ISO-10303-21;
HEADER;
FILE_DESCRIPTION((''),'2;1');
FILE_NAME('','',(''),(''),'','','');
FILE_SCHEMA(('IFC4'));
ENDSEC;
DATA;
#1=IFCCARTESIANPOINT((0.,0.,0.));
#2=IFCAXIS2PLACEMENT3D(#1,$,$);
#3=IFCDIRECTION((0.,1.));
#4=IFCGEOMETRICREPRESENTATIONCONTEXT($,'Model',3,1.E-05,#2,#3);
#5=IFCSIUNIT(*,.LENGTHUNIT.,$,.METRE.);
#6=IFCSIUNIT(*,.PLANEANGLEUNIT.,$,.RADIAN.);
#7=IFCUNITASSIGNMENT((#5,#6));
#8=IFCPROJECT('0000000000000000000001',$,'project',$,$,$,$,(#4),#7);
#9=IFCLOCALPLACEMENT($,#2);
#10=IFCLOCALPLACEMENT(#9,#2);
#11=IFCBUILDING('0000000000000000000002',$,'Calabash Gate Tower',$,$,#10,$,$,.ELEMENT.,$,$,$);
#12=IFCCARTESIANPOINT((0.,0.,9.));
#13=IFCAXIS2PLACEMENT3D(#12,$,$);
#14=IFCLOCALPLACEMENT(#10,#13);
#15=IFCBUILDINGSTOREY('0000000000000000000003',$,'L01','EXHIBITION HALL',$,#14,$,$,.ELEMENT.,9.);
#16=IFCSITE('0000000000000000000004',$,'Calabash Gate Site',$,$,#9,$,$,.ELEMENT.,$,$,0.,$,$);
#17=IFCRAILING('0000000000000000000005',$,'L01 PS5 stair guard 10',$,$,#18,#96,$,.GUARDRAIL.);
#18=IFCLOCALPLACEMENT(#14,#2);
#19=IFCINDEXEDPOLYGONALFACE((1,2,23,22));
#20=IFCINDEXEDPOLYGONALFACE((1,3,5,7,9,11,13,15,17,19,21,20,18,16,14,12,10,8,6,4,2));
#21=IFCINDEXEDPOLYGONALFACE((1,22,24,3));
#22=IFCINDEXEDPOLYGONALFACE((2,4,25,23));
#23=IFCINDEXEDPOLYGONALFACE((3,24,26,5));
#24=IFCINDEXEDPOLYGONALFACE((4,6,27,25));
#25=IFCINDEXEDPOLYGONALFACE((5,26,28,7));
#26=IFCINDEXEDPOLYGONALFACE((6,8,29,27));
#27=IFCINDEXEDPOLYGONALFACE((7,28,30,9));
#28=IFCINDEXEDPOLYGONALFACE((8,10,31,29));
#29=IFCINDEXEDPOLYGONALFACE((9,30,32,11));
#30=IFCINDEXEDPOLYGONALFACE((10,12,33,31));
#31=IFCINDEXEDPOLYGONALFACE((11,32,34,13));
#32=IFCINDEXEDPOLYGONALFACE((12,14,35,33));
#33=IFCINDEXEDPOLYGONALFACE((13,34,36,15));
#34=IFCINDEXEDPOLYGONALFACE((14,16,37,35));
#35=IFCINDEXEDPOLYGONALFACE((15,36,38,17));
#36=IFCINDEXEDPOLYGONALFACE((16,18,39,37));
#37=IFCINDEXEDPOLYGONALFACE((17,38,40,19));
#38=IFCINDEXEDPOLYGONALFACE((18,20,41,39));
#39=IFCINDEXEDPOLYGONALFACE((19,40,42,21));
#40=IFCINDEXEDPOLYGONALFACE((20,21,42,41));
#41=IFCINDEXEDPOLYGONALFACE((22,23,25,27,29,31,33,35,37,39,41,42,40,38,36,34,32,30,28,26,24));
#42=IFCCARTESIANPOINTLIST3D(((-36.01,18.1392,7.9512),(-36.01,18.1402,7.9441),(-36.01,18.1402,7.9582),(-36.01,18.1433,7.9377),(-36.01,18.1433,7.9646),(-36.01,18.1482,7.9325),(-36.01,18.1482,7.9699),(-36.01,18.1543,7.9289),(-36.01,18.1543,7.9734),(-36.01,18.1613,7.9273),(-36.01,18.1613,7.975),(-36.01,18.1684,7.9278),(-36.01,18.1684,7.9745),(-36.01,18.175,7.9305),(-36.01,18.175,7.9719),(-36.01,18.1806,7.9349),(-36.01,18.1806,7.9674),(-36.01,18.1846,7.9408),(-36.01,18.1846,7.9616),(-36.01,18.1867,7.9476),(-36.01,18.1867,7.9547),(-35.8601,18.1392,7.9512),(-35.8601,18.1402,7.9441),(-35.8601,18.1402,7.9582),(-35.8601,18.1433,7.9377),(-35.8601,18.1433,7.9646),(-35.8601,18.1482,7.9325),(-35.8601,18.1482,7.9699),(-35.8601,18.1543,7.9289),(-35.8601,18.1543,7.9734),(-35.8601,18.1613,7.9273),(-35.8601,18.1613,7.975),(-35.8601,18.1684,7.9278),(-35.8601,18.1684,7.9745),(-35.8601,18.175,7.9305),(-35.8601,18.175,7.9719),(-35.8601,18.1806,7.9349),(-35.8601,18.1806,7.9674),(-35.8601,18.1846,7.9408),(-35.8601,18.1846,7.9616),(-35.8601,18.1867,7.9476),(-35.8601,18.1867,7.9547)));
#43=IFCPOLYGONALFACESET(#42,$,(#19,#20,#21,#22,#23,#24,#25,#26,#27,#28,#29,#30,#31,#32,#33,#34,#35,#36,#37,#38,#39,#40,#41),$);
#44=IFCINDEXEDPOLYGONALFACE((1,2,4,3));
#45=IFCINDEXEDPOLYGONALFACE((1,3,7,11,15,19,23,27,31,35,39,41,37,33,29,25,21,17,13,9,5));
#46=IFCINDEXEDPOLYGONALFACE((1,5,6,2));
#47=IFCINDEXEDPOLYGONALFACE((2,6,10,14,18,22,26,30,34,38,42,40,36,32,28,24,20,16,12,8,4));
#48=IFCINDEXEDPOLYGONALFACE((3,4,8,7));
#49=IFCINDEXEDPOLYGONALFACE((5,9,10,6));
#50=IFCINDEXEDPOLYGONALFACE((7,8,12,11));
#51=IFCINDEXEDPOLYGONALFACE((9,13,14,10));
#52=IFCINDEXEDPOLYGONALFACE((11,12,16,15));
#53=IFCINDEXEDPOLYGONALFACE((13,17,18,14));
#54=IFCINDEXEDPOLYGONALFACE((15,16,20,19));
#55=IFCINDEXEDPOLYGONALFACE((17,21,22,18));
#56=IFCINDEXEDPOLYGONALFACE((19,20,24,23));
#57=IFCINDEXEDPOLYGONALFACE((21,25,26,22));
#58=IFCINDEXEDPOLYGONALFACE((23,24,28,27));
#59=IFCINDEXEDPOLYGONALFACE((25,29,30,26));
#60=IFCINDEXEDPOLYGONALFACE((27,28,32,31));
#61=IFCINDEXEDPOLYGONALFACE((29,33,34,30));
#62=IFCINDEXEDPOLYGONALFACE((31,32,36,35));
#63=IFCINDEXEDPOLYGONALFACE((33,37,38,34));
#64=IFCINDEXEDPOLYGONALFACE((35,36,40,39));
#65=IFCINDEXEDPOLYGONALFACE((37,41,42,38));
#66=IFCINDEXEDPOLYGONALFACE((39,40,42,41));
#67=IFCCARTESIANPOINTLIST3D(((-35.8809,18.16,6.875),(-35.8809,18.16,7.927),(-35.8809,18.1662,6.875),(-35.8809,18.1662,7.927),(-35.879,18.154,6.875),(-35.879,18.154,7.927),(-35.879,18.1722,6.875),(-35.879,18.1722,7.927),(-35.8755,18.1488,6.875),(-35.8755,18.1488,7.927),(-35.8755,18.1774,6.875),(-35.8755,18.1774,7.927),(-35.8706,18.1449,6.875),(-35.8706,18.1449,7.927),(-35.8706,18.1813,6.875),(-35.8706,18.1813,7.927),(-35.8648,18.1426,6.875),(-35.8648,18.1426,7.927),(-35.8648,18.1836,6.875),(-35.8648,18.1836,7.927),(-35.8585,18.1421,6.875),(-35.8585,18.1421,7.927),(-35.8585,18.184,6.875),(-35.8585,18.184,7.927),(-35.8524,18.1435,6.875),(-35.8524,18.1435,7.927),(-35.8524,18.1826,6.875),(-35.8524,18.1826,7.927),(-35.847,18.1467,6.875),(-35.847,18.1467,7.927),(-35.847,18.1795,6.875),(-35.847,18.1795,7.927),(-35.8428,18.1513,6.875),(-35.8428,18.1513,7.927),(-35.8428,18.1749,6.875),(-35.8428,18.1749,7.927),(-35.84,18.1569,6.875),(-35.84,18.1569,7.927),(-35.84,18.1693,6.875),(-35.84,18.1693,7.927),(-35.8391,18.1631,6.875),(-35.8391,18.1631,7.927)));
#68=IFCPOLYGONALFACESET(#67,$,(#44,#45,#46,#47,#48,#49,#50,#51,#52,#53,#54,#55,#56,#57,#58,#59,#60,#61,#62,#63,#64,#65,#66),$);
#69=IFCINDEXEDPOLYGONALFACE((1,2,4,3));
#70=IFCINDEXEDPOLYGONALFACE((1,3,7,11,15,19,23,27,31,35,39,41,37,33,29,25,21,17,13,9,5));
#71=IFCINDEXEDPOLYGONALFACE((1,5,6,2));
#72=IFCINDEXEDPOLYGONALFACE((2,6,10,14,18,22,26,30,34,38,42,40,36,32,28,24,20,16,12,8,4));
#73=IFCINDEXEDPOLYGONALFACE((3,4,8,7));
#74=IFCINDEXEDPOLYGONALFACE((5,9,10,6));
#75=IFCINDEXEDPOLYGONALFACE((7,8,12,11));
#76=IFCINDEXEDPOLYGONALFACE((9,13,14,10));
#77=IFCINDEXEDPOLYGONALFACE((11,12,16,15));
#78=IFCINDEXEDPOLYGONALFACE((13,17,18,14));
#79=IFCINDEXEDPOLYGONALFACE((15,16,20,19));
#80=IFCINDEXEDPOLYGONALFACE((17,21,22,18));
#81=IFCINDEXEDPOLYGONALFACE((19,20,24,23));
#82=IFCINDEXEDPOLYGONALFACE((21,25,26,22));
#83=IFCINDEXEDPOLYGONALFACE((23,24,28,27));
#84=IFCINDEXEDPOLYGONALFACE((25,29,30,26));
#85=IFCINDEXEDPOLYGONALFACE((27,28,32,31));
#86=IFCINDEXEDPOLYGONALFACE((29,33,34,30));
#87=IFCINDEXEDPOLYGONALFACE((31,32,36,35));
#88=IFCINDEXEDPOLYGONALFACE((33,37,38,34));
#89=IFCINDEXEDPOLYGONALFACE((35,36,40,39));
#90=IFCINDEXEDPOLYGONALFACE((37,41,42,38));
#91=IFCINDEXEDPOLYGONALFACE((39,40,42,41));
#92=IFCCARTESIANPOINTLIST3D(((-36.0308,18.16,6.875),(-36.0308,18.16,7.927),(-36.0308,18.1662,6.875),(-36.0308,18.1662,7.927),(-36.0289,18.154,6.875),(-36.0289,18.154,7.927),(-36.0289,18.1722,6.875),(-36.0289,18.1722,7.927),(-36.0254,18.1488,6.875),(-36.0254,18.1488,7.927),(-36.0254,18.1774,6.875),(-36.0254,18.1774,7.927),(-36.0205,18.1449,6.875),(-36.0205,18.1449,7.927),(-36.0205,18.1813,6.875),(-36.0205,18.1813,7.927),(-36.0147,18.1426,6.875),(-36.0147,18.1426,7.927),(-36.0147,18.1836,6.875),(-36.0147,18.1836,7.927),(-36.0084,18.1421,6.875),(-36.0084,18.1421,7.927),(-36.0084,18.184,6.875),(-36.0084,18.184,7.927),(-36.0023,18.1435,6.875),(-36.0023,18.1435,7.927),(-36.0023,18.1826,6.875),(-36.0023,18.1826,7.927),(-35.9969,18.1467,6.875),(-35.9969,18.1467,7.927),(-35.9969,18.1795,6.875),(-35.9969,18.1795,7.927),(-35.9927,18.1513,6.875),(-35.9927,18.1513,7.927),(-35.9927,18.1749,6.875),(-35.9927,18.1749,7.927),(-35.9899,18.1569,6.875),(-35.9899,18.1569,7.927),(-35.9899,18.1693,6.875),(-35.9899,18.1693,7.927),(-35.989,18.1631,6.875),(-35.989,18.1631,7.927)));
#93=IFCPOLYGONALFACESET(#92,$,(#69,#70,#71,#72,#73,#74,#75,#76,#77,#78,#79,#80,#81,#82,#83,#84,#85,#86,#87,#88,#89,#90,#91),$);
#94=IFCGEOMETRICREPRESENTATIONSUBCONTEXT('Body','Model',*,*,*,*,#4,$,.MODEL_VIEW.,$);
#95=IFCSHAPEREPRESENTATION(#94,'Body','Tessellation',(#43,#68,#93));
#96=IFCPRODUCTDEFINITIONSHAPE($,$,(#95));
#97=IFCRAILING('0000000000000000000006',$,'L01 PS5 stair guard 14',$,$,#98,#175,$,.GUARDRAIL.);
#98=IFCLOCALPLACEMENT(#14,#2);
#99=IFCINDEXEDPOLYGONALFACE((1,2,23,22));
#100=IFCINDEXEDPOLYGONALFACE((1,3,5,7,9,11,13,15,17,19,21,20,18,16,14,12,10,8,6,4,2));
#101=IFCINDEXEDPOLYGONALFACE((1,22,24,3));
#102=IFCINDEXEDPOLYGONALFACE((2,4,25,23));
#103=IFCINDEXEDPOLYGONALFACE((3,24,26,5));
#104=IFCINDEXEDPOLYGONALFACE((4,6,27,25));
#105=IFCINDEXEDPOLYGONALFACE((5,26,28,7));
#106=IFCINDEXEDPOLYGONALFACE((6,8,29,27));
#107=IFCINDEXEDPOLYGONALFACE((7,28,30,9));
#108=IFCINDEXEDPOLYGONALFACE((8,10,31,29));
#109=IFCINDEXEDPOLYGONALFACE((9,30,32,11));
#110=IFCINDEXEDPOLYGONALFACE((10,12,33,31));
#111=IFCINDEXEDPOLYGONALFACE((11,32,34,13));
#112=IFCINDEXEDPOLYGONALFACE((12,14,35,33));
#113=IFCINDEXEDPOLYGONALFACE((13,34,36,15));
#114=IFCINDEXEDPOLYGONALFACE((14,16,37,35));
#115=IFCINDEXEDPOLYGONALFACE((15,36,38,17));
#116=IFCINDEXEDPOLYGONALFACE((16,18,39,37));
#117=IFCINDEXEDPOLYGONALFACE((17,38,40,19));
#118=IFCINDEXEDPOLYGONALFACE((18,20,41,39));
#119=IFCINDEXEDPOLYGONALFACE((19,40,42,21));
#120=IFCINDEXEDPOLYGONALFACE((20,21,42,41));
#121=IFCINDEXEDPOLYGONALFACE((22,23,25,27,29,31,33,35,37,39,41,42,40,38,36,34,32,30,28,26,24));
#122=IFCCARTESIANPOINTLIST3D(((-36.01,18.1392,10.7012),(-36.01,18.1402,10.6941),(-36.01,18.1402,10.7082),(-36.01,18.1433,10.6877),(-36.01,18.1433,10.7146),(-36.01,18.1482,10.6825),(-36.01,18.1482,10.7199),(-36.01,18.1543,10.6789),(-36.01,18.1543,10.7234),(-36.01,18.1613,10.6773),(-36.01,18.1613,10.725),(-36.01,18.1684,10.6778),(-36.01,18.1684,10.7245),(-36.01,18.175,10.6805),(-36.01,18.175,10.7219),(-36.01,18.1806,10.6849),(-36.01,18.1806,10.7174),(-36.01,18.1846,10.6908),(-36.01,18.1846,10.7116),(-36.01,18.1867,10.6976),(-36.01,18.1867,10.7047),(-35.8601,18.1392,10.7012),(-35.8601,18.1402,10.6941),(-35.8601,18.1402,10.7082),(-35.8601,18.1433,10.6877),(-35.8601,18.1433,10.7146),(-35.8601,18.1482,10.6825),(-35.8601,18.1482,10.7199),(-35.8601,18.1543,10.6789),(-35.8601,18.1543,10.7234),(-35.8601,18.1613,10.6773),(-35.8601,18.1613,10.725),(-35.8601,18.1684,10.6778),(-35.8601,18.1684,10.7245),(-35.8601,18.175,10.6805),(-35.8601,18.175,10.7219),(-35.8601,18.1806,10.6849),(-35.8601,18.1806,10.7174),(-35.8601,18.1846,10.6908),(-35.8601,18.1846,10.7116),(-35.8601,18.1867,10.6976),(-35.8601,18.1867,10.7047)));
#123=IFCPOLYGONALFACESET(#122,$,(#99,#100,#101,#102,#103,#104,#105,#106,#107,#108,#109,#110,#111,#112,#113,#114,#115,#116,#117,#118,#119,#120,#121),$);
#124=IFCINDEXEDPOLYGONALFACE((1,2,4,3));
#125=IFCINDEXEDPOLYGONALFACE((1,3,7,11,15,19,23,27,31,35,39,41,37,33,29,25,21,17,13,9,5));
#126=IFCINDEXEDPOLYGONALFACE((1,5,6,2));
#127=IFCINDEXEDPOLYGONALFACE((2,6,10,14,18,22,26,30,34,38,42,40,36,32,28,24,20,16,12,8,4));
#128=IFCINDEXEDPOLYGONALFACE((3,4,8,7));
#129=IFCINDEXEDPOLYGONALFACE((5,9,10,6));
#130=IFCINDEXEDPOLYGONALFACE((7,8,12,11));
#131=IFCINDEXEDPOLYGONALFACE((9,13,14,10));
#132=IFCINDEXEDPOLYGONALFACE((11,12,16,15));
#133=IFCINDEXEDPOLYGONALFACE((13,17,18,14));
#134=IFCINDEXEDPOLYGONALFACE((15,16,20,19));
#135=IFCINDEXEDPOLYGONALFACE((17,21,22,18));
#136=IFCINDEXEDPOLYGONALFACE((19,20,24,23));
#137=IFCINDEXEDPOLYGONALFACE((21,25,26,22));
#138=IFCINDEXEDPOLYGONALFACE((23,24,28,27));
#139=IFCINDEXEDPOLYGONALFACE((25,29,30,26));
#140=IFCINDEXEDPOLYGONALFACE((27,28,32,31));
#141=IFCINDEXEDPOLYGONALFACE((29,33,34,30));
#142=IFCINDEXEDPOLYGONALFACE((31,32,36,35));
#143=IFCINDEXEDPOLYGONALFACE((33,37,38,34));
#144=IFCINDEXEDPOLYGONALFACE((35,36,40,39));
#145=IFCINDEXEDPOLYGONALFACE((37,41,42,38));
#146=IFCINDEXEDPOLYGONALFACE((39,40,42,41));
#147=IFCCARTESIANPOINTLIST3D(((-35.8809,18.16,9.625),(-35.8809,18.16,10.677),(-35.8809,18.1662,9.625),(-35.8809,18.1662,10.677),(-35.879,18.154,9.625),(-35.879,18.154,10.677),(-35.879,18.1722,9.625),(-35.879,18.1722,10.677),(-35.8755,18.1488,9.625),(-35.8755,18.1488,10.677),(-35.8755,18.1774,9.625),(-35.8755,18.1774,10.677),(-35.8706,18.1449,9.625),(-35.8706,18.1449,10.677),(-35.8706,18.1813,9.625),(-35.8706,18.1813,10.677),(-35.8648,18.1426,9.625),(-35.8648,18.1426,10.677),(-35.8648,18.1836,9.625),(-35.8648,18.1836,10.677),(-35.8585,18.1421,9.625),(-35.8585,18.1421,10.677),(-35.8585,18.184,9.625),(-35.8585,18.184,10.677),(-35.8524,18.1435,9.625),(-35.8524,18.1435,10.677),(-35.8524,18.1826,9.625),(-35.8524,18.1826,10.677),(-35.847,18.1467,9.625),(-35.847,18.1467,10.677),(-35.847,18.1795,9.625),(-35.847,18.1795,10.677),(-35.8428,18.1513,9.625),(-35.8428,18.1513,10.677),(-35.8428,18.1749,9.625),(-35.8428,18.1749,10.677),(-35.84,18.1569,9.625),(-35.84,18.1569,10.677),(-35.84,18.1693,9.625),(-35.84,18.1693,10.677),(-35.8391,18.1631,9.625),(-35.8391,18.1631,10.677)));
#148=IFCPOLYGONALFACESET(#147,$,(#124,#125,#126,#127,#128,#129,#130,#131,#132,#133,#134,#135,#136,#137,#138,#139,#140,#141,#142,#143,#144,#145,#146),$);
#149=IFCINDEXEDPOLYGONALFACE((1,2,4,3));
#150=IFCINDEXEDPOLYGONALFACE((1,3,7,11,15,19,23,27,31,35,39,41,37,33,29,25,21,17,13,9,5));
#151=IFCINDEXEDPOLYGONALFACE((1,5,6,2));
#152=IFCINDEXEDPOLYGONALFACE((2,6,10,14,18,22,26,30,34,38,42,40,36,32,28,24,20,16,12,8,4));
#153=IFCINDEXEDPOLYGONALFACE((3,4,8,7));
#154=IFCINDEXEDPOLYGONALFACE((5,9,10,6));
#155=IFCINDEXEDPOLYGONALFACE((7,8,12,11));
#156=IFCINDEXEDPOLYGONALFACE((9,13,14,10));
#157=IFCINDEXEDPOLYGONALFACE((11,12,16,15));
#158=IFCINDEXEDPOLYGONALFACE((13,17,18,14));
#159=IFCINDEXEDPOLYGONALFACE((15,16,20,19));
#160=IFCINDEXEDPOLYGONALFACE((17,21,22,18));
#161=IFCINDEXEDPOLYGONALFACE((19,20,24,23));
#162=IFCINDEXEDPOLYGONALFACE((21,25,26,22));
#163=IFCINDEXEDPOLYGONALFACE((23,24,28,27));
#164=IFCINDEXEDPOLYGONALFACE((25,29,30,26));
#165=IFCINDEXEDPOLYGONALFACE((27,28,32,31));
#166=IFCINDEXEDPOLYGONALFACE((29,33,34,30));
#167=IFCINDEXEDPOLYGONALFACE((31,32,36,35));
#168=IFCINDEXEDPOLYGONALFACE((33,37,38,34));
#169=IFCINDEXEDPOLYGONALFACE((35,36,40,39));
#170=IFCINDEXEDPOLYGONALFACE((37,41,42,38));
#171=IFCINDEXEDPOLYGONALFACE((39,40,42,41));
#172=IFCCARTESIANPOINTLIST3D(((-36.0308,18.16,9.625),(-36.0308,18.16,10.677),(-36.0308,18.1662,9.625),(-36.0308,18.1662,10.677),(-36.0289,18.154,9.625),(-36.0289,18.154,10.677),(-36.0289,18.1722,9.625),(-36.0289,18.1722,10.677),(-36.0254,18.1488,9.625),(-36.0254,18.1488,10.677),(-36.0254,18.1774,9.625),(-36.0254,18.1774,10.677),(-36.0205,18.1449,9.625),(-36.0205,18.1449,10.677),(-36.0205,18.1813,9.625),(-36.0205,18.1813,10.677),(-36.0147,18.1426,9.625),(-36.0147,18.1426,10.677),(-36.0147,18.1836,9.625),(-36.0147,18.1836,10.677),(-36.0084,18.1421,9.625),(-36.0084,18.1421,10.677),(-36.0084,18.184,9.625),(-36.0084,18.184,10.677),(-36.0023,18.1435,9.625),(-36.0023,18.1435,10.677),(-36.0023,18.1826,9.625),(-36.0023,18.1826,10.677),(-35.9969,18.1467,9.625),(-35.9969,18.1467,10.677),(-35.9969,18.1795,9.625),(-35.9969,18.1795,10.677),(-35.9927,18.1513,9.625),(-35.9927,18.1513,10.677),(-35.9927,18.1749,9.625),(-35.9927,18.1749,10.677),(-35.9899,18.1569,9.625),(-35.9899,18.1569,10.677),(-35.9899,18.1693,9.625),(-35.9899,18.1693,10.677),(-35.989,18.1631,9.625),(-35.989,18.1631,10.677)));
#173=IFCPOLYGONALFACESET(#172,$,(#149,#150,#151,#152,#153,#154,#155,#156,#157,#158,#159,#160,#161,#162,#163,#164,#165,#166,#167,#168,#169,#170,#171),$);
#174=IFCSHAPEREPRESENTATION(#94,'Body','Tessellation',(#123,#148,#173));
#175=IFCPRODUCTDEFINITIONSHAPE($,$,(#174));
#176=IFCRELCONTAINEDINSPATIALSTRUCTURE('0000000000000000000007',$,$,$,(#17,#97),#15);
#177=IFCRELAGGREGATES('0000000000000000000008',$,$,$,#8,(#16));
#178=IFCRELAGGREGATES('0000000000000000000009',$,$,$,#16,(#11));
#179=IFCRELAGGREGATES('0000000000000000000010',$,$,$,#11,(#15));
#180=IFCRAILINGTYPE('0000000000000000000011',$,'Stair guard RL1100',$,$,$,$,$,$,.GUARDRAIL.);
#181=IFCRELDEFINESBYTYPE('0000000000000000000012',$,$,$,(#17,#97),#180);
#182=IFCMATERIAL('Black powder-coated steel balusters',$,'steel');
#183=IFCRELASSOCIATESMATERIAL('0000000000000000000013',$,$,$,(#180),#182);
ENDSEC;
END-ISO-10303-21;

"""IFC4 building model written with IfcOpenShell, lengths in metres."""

from ifc_helpers import new_model, si_unit, direction, frame, origin, origin_2d, place, context, subcontext, project, spatial, circle, extrude, material, type_object, element, save


model = new_model("IFC4")

# Units and contexts
model_context = context("Model", 3, precision=1e-05, world=origin(), true_north=direction((0.0, 1.0)))
body_context = subcontext(model_context, "Body", "Model", "MODEL_VIEW")
ifc_project = project(units=[si_unit("LENGTHUNIT", "METRE"), si_unit("PLANEANGLEUNIT", "RADIAN")], contexts=[model_context])

# Site, building, storey
site_placement = place(None, origin())
site = spatial("IfcSite", under=ifc_project, at=site_placement, Name="Calabash Gate Site", CompositionType="ELEMENT", RefElevation=0.0)
building_placement = place(site_placement, origin())
building = spatial("IfcBuilding", under=site, at=building_placement, Name="Calabash Gate Tower", CompositionType="ELEMENT")
storey_placement = place(building_placement, frame((0.0, 0.0, 9.0)))
storey = spatial("IfcBuildingStorey", under=building, at=storey_placement, Name="L01", Description="EXHIBITION HALL", CompositionType="ELEMENT", Elevation=9.0)

# Railings
ifc_material_1 = material(Name="Black powder-coated steel balusters", Category="steel")
railing_type_1 = type_object("IfcRailingType", Name="Stair guard RL1100", PredefinedType="GUARDRAIL", material=ifc_material_1)
for number, where, name in (
    (1, (-35.8601, 18.1631, 6.875), "L01 PS5 stair guard 10"),
    (2, (-35.8601, 18.1631, 9.625), "L01 PS5 stair guard 14"),
):
    element("IfcRailing", number, at=place(storey_placement, frame(where)), inside=storey, type_object=railing_type_1, Name=name, PredefinedType="GUARDRAIL", context=body_context, shape_type="SweptSolid", body=[
        extrude(circle(Radius=0.0239, at=origin_2d()), frame((0.0, 0.0, 1.0762), z_axis=(-1.0, 0.0, 0.0), x_axis=(0.0, -1.0, 0.0)), (0.0, 0.0, 1.0), 0.1499),
        extrude(circle(Radius=0.021, at=origin_2d()), origin(), (0.0, 0.0, 1.0), 1.052),
        extrude(circle(Radius=0.021, at=origin_2d()), frame((-0.1499, 0.0, 0.0)), (0.0, 0.0, 1.0), 1.052),
    ])

save(model, "model.ifc")
